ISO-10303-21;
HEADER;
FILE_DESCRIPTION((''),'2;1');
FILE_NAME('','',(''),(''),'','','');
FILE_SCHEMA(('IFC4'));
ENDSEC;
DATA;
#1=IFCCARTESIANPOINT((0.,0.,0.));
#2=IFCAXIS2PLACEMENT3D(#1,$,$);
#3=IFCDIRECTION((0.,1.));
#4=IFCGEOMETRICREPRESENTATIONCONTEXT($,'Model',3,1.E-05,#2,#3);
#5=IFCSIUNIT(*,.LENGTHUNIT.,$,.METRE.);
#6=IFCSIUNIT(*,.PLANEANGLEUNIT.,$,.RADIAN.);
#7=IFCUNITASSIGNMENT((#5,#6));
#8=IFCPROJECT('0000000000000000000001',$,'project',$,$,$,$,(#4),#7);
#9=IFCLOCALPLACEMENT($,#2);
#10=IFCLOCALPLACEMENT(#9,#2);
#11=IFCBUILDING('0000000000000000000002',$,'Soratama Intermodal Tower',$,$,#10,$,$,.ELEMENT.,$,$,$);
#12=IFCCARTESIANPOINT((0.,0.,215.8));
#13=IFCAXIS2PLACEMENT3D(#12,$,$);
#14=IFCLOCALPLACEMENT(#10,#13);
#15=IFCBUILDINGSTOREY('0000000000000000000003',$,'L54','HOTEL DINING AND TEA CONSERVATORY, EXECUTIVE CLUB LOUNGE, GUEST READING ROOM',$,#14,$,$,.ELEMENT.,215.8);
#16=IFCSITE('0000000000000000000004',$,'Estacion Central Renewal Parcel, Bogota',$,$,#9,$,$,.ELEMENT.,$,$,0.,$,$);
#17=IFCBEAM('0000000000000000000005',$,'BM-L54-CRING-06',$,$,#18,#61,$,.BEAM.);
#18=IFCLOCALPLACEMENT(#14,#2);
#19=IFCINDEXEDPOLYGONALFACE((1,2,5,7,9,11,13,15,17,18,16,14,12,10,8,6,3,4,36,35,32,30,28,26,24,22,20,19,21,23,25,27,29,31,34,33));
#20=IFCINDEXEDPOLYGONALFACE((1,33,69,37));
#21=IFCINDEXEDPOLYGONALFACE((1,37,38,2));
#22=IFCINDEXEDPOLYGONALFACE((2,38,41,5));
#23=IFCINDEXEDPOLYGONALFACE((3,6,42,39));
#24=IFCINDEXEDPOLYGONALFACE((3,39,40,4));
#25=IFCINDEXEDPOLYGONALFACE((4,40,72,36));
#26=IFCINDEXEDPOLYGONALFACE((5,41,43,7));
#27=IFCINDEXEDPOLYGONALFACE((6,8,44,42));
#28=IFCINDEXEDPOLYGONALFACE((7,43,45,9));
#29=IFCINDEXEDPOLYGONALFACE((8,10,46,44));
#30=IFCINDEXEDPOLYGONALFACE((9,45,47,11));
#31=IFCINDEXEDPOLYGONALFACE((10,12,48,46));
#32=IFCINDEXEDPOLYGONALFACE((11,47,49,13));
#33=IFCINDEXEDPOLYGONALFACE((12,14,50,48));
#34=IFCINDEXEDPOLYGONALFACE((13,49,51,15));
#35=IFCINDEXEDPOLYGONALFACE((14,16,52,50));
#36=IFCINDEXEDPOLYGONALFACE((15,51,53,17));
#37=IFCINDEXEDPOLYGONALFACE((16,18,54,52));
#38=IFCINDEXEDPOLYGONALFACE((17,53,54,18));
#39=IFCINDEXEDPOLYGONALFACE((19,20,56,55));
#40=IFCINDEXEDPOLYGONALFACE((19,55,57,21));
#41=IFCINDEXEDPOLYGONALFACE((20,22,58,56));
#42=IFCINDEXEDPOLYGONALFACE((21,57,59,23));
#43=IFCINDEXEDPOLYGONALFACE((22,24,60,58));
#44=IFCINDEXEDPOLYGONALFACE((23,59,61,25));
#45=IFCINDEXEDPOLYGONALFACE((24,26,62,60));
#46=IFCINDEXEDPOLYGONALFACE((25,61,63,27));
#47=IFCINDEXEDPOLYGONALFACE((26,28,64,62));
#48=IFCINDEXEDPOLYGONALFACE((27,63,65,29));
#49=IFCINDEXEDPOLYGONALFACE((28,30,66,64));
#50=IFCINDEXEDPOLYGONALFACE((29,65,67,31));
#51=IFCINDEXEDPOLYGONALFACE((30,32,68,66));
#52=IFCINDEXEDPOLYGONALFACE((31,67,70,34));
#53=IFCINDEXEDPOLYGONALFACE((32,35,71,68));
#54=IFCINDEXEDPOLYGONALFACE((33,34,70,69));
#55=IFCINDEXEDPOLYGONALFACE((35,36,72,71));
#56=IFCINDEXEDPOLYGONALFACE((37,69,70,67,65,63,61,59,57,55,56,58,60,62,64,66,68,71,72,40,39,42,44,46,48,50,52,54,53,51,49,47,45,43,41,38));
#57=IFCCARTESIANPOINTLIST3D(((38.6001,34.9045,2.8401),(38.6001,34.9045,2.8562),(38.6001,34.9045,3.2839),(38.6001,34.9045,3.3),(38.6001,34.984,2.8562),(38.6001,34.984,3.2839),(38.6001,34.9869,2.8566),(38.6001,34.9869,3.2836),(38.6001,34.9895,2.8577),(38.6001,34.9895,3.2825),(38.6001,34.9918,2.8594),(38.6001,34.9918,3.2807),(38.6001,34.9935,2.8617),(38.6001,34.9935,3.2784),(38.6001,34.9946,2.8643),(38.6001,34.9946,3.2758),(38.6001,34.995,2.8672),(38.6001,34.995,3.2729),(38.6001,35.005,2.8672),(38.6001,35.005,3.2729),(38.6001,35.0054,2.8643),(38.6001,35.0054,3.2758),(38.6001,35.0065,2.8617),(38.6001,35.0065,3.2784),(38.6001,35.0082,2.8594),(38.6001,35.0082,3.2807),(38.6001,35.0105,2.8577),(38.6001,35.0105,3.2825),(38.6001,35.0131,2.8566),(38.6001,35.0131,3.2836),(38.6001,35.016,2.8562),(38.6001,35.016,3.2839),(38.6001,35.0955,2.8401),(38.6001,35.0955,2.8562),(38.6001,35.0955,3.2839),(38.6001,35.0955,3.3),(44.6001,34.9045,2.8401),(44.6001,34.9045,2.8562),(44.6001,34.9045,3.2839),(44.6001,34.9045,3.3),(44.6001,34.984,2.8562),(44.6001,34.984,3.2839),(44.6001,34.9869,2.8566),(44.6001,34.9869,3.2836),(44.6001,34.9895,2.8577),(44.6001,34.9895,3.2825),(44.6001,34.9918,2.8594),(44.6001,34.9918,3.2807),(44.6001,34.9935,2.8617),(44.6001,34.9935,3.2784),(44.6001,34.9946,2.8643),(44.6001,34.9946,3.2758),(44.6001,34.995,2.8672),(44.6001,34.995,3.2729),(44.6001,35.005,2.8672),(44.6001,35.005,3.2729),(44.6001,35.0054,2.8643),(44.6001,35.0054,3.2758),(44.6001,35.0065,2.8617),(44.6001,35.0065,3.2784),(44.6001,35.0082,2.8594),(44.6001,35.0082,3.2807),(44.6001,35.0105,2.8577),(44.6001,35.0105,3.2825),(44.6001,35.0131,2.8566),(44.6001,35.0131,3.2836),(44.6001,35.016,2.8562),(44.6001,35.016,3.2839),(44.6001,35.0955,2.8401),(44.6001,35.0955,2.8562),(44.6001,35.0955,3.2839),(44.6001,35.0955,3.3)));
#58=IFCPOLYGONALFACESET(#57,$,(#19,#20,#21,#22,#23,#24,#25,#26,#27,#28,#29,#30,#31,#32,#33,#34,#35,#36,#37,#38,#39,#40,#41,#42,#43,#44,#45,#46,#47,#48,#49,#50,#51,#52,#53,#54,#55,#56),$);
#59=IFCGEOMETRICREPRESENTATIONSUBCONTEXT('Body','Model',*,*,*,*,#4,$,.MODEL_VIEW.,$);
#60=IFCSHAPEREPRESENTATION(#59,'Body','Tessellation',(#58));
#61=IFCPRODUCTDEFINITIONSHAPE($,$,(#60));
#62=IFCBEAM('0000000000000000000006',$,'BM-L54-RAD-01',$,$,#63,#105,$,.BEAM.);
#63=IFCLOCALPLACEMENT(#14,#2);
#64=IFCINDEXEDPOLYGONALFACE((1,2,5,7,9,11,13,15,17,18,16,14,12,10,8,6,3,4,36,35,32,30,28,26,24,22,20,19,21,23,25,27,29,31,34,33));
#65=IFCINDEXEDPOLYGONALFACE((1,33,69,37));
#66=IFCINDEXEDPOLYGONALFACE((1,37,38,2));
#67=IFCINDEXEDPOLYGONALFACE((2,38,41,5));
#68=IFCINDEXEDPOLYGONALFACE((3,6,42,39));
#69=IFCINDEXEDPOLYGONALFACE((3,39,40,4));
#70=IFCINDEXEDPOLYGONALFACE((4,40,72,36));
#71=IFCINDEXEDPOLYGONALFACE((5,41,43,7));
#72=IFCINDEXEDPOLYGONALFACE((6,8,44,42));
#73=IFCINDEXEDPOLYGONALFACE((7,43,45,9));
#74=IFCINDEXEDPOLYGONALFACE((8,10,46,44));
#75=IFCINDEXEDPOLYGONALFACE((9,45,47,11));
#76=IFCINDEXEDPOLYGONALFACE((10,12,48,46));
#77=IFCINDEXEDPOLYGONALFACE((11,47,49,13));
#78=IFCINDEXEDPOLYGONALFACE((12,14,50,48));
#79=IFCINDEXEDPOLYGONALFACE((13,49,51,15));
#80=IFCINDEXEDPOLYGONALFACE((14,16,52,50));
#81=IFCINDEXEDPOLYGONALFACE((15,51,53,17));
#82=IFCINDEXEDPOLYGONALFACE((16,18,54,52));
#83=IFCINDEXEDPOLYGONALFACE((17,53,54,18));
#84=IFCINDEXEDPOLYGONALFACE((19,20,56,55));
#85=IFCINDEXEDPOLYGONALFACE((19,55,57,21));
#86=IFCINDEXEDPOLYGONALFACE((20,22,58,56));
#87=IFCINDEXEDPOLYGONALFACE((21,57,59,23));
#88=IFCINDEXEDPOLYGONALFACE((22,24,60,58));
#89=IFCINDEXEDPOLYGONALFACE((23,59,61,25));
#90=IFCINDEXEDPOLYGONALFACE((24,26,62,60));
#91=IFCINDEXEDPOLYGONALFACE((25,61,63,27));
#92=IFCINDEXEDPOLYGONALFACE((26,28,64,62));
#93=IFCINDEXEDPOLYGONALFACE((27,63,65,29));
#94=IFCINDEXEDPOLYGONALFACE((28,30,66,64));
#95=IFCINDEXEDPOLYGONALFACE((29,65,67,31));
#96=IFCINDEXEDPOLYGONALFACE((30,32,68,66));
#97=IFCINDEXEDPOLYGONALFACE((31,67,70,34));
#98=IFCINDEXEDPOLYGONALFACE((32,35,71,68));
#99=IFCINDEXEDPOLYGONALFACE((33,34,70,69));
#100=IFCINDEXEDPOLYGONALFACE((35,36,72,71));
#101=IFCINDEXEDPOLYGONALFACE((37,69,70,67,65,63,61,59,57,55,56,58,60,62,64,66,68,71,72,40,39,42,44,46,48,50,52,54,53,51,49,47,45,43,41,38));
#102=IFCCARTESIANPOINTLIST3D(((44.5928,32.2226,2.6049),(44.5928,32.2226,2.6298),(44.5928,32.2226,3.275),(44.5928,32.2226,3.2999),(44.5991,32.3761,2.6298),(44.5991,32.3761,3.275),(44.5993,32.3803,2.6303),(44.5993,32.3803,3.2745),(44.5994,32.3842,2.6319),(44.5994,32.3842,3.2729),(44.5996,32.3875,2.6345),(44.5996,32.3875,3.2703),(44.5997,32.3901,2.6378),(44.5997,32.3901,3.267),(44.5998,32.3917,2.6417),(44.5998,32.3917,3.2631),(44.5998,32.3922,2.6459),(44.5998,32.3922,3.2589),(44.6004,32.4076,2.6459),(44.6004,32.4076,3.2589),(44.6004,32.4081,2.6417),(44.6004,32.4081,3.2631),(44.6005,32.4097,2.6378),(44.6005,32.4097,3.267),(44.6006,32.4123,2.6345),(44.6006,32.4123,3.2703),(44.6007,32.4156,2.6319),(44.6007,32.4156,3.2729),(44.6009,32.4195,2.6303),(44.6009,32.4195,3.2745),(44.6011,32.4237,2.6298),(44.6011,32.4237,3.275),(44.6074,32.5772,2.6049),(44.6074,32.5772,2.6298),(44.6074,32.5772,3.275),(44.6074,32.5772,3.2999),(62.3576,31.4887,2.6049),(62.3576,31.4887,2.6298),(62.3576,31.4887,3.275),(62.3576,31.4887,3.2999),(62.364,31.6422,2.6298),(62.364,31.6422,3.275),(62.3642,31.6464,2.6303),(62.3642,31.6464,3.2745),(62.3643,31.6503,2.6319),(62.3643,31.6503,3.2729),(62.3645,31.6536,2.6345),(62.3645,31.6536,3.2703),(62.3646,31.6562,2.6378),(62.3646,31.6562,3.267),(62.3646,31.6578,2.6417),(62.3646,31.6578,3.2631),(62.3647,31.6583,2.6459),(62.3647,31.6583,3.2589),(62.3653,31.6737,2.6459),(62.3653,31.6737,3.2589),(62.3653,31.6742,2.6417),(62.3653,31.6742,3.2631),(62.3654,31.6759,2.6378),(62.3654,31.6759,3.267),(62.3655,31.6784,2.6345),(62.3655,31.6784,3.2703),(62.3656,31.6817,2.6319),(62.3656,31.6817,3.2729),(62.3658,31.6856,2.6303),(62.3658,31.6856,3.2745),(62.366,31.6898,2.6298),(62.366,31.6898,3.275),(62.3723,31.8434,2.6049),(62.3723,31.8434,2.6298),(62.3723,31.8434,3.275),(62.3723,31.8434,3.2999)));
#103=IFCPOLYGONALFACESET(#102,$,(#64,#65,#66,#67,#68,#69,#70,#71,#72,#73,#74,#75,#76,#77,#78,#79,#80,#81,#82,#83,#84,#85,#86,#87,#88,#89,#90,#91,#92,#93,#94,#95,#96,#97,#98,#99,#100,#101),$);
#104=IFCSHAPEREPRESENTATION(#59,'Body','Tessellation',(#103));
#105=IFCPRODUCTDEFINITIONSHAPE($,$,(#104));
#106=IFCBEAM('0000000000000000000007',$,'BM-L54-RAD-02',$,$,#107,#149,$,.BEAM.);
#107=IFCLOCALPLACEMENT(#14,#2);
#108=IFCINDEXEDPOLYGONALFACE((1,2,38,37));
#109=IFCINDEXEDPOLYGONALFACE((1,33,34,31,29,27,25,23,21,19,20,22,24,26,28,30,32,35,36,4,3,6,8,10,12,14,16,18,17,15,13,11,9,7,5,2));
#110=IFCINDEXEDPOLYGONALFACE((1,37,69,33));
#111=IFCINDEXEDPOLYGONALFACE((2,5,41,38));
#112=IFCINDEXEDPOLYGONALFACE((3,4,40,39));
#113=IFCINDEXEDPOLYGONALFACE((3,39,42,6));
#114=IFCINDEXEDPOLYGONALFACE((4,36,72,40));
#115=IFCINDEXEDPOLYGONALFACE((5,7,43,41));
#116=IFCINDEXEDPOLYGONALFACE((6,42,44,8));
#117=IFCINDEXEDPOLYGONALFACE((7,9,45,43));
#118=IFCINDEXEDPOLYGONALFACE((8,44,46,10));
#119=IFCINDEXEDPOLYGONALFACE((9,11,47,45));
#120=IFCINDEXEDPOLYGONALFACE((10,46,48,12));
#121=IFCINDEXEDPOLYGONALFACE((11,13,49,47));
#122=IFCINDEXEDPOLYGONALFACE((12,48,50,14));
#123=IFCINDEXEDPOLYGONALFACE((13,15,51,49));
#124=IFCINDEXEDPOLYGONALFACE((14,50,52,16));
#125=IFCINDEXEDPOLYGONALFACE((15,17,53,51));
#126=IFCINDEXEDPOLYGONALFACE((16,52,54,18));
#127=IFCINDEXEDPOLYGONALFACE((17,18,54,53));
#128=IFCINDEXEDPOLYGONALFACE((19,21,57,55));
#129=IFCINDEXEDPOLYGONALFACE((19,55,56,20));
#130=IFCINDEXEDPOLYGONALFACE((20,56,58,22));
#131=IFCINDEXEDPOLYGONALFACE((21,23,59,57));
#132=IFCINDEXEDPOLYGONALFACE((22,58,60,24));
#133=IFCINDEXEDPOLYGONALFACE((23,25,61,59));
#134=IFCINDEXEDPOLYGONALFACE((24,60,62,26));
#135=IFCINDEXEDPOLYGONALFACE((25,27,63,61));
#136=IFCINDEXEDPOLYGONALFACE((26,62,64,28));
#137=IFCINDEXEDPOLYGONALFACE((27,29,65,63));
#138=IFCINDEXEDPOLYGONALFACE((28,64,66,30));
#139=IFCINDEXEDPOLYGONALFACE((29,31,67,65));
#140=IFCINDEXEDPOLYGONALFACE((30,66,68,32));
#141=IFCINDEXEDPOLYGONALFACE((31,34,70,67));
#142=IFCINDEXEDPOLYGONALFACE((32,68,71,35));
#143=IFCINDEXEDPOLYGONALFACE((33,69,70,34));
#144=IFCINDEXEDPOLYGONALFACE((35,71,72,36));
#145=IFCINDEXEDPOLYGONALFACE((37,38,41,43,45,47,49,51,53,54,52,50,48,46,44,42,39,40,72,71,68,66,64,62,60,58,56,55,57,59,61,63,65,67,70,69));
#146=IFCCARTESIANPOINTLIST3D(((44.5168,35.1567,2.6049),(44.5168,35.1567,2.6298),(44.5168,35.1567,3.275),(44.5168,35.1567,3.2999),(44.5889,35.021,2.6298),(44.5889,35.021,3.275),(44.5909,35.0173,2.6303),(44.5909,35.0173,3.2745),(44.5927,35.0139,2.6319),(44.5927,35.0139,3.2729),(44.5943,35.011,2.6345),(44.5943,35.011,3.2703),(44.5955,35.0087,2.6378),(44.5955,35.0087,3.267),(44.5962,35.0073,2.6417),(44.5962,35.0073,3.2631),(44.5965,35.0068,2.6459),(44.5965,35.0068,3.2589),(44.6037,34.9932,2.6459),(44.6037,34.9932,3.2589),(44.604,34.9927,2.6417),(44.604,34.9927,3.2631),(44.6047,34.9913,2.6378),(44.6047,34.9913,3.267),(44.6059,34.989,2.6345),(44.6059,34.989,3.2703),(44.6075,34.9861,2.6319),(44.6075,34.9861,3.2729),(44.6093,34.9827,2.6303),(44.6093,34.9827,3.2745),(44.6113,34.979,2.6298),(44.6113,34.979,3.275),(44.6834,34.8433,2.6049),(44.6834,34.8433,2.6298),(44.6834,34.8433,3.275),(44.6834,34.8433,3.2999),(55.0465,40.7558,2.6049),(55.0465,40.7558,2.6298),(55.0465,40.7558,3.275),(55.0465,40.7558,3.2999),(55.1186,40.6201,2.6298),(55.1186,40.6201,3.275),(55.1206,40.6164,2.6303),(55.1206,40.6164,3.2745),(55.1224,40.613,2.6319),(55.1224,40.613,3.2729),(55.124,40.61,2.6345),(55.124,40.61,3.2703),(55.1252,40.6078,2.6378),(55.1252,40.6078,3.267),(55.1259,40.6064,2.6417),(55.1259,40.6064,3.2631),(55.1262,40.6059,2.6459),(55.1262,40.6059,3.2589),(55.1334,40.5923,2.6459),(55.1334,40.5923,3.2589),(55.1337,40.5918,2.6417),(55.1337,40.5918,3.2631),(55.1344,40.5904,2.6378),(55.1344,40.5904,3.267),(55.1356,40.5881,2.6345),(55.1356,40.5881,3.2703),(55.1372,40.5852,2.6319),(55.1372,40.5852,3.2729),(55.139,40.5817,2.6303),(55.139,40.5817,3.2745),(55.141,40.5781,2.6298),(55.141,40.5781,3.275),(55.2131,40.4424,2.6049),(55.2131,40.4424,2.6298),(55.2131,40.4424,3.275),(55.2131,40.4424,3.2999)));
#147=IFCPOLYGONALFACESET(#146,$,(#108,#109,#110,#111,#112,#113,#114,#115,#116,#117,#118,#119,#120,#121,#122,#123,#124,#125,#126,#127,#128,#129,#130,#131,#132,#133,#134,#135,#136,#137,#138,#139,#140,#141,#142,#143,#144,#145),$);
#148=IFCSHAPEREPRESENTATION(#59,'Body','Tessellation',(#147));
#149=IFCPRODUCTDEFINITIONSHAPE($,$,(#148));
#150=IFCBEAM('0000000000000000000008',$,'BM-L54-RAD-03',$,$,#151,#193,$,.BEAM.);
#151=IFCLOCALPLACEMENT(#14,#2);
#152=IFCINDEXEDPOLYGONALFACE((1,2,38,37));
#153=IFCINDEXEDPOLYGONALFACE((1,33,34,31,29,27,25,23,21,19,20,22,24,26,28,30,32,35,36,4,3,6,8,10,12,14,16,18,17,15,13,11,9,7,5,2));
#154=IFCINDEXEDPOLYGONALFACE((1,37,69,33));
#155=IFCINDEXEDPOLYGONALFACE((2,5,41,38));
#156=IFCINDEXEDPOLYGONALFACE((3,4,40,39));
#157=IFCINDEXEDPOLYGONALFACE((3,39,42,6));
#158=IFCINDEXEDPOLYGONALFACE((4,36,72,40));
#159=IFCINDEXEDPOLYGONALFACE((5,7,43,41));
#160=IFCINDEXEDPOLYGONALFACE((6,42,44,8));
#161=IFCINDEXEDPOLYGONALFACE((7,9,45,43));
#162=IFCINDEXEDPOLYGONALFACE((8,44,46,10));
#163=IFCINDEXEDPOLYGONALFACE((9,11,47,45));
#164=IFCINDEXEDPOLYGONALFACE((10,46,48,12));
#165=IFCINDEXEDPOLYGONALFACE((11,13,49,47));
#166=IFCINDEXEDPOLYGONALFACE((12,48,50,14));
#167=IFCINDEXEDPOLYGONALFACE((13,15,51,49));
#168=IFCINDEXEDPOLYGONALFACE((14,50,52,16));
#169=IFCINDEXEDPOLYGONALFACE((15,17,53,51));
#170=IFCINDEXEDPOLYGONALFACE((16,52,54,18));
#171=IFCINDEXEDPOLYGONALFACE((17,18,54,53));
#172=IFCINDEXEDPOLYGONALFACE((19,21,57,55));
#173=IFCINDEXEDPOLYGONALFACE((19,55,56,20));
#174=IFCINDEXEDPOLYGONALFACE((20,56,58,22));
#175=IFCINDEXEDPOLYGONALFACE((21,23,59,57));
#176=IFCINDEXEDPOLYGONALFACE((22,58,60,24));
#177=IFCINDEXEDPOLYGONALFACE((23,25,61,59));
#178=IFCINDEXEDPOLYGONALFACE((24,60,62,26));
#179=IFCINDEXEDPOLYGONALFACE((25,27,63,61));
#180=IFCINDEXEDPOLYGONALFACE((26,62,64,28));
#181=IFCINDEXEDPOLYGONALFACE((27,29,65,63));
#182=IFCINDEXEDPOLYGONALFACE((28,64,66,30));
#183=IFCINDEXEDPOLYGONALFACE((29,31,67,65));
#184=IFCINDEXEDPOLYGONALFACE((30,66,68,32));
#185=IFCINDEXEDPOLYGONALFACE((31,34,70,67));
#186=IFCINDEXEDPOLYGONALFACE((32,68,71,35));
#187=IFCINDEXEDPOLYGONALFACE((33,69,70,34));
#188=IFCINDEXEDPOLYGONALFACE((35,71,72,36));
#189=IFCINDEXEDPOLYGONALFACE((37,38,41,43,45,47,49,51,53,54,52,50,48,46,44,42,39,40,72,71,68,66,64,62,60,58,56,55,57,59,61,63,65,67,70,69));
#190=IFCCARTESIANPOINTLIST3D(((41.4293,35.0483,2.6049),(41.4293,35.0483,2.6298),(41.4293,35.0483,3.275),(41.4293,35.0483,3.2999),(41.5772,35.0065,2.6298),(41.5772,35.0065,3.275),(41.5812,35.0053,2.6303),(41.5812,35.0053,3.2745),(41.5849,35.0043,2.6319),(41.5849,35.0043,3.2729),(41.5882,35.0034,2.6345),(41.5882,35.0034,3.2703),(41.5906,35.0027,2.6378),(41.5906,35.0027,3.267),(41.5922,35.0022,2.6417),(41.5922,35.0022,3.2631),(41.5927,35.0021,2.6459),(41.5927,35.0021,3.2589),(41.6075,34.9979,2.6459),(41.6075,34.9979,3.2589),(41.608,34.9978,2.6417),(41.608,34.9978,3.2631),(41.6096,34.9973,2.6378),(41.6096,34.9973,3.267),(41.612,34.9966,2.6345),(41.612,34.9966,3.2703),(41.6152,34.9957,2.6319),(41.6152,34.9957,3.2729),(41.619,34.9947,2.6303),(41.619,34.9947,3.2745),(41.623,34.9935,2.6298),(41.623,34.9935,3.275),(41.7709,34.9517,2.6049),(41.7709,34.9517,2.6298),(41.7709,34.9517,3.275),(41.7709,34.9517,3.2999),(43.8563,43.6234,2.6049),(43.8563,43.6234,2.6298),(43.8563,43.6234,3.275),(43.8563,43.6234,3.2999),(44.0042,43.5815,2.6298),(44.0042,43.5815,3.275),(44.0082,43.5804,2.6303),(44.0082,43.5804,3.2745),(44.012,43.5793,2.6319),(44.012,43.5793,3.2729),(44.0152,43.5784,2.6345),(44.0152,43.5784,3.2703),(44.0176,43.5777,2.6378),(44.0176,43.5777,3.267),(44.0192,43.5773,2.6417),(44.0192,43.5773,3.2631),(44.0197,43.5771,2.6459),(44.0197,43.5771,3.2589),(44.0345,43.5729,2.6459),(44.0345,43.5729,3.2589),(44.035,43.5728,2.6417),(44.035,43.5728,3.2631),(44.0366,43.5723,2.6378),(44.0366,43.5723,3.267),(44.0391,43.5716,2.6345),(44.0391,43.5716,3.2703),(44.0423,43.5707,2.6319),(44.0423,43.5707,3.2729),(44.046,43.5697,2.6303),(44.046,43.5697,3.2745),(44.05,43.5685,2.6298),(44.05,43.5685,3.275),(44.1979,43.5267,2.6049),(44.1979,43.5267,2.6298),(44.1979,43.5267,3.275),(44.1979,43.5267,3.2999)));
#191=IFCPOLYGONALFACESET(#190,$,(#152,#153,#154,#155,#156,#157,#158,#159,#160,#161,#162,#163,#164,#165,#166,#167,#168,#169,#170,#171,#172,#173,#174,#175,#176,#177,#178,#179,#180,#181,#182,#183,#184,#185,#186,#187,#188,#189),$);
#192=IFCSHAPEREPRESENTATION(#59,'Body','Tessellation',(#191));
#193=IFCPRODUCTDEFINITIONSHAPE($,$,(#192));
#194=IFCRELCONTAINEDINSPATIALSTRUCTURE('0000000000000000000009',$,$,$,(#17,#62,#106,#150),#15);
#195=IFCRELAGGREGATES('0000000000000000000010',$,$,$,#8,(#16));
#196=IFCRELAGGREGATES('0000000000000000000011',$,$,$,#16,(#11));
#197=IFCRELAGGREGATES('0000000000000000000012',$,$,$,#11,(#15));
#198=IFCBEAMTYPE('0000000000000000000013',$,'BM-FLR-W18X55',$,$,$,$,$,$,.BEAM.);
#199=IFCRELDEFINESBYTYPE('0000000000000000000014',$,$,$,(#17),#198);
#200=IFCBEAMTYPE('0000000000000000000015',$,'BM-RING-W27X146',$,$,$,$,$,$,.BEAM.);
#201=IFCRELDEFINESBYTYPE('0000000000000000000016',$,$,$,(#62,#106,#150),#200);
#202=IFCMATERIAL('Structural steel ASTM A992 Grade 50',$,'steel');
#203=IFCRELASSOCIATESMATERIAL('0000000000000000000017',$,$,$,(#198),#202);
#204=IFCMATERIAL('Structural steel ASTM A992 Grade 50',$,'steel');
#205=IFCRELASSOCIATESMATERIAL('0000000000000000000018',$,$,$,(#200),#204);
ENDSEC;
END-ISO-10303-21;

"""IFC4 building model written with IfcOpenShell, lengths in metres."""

from ifc_helpers import new_model, si_unit, direction, frame, origin, origin_2d, place, context, subcontext, project, spatial, i_section, extrude, material, material_profile, profile_set, type_object, element, save


model = new_model("IFC4")

# Units and contexts
model_context = context("Model", 3, precision=1e-05, world=origin(), true_north=direction((0.0, 1.0)))
body_context = subcontext(model_context, "Body", "Model", "MODEL_VIEW")
ifc_project = project(units=[si_unit("LENGTHUNIT", "METRE"), si_unit("PLANEANGLEUNIT", "RADIAN")], contexts=[model_context])

# Site, building, storey
site_placement = place(None, origin())
site = spatial("IfcSite", under=ifc_project, at=site_placement, Name="Estacion Central Renewal Parcel, Bogota", CompositionType="ELEMENT", RefElevation=0.0)
building_placement = place(site_placement, origin())
building = spatial("IfcBuilding", under=site, at=building_placement, Name="Soratama Intermodal Tower", CompositionType="ELEMENT")
storey_placement = place(building_placement, frame((0.0, 0.0, 215.8)))
storey = spatial("IfcBuildingStorey", under=building, at=storey_placement, Name="L54", Description="HOTEL DINING AND TEA CONSERVATORY, EXECUTIVE CLUB LOUNGE, GUEST READING ROOM", CompositionType="ELEMENT", Elevation=215.8)

# Beams
ifc_material_1 = material(Name="Structural steel ASTM A992 Grade 50", Category="steel")
ifc_material_profile_1 = material_profile(ifc_material_1, i_section(OverallWidth=0.1909, OverallDepth=0.46, WebThickness=0.01, FlangeThickness=0.0161, FilletRadius=0.011, at=origin_2d()), Name="W18X55")
ifc_profile_set_1 = profile_set([ifc_material_profile_1], Name="Structural steel ASTM A992 Grade 50")
beam_type_1 = type_object("IfcBeamType", Name="BM-FLR-W18X55", PredefinedType="BEAM", material=ifc_profile_set_1)
beam_1_placement = place(storey_placement, frame((44.6001, 35.0, 3.0701), z_axis=(-1.0, 0.0, 0.0), x_axis=(0.0, -1.0, 0.0)))
element("IfcBeam", 1, at=beam_1_placement, inside=storey, type_object=beam_type_1, Name="BM-L54-CRING-06", PredefinedType="BEAM", context=body_context, shape_type="SweptSolid", body=[
    extrude(i_section(OverallWidth=0.1909, OverallDepth=0.46, WebThickness=0.01, FlangeThickness=0.0161, FilletRadius=0.011, at=origin_2d()), origin(), (0.0, 0.0, 1.0), 6.0),
])
ifc_material_2 = material(Name="Structural steel ASTM A992 Grade 50", Category="steel")
ifc_material_profile_2 = material_profile(ifc_material_2, i_section(OverallWidth=0.355, OverallDepth=0.6951, WebThickness=0.0154, FlangeThickness=0.0249, FilletRadius=0.0161, at=origin_2d()), Name="W27X146")
ifc_profile_set_2 = profile_set([ifc_material_profile_2], Name="Structural steel ASTM A992 Grade 50")
beam_type_2 = type_object("IfcBeamType", Name="BM-RING-W27X146", PredefinedType="BEAM", material=ifc_profile_set_2)
beam_2_placement = place(storey_placement, frame((44.6001, 32.3999, 2.9524), z_axis=(0.999148, -0.041276, 0.0), x_axis=(0.041276, 0.999148, 0.0)))
element("IfcBeam", 2, at=beam_2_placement, inside=storey, type_object=beam_type_2, Name="BM-L54-RAD-01", PredefinedType="BEAM", context=body_context, shape_type="SweptSolid", body=[
    extrude(i_section(OverallWidth=0.355, OverallDepth=0.6951, WebThickness=0.0154, FlangeThickness=0.0249, FilletRadius=0.0161, at=origin_2d()), origin(), (0.0, 0.0, 1.0), 17.78),
])
beam_3_placement = place(storey_placement, frame((44.6001, 35.0, 2.9524), z_axis=(0.882936, 0.469493, 0.0), x_axis=(-0.469493, 0.882936, 0.0)))
element("IfcBeam", 3, at=beam_3_placement, inside=storey, type_object=beam_type_2, Name="BM-L54-RAD-02", PredefinedType="BEAM", context=body_context, shape_type="SweptSolid", body=[
    extrude(i_section(OverallWidth=0.355, OverallDepth=0.6951, WebThickness=0.0154, FlangeThickness=0.0249, FilletRadius=0.0161, at=origin_2d()), origin(), (0.0, 0.0, 1.0), 11.9258),
])
beam_4_placement = place(storey_placement, frame((41.6001, 35.0, 2.9524), z_axis=(0.272336, 0.962202, 0.0), x_axis=(-0.962202, 0.272336, 0.0)))
element("IfcBeam", 4, at=beam_4_placement, inside=storey, type_object=beam_type_2, Name="BM-L54-RAD-03", PredefinedType="BEAM", context=body_context, shape_type="SweptSolid", body=[
    extrude(i_section(OverallWidth=0.355, OverallDepth=0.6951, WebThickness=0.0154, FlangeThickness=0.0249, FilletRadius=0.0161, at=origin_2d()), origin(), (0.0, 0.0, 1.0), 8.9119),
])

save(model, "model.ifc")
